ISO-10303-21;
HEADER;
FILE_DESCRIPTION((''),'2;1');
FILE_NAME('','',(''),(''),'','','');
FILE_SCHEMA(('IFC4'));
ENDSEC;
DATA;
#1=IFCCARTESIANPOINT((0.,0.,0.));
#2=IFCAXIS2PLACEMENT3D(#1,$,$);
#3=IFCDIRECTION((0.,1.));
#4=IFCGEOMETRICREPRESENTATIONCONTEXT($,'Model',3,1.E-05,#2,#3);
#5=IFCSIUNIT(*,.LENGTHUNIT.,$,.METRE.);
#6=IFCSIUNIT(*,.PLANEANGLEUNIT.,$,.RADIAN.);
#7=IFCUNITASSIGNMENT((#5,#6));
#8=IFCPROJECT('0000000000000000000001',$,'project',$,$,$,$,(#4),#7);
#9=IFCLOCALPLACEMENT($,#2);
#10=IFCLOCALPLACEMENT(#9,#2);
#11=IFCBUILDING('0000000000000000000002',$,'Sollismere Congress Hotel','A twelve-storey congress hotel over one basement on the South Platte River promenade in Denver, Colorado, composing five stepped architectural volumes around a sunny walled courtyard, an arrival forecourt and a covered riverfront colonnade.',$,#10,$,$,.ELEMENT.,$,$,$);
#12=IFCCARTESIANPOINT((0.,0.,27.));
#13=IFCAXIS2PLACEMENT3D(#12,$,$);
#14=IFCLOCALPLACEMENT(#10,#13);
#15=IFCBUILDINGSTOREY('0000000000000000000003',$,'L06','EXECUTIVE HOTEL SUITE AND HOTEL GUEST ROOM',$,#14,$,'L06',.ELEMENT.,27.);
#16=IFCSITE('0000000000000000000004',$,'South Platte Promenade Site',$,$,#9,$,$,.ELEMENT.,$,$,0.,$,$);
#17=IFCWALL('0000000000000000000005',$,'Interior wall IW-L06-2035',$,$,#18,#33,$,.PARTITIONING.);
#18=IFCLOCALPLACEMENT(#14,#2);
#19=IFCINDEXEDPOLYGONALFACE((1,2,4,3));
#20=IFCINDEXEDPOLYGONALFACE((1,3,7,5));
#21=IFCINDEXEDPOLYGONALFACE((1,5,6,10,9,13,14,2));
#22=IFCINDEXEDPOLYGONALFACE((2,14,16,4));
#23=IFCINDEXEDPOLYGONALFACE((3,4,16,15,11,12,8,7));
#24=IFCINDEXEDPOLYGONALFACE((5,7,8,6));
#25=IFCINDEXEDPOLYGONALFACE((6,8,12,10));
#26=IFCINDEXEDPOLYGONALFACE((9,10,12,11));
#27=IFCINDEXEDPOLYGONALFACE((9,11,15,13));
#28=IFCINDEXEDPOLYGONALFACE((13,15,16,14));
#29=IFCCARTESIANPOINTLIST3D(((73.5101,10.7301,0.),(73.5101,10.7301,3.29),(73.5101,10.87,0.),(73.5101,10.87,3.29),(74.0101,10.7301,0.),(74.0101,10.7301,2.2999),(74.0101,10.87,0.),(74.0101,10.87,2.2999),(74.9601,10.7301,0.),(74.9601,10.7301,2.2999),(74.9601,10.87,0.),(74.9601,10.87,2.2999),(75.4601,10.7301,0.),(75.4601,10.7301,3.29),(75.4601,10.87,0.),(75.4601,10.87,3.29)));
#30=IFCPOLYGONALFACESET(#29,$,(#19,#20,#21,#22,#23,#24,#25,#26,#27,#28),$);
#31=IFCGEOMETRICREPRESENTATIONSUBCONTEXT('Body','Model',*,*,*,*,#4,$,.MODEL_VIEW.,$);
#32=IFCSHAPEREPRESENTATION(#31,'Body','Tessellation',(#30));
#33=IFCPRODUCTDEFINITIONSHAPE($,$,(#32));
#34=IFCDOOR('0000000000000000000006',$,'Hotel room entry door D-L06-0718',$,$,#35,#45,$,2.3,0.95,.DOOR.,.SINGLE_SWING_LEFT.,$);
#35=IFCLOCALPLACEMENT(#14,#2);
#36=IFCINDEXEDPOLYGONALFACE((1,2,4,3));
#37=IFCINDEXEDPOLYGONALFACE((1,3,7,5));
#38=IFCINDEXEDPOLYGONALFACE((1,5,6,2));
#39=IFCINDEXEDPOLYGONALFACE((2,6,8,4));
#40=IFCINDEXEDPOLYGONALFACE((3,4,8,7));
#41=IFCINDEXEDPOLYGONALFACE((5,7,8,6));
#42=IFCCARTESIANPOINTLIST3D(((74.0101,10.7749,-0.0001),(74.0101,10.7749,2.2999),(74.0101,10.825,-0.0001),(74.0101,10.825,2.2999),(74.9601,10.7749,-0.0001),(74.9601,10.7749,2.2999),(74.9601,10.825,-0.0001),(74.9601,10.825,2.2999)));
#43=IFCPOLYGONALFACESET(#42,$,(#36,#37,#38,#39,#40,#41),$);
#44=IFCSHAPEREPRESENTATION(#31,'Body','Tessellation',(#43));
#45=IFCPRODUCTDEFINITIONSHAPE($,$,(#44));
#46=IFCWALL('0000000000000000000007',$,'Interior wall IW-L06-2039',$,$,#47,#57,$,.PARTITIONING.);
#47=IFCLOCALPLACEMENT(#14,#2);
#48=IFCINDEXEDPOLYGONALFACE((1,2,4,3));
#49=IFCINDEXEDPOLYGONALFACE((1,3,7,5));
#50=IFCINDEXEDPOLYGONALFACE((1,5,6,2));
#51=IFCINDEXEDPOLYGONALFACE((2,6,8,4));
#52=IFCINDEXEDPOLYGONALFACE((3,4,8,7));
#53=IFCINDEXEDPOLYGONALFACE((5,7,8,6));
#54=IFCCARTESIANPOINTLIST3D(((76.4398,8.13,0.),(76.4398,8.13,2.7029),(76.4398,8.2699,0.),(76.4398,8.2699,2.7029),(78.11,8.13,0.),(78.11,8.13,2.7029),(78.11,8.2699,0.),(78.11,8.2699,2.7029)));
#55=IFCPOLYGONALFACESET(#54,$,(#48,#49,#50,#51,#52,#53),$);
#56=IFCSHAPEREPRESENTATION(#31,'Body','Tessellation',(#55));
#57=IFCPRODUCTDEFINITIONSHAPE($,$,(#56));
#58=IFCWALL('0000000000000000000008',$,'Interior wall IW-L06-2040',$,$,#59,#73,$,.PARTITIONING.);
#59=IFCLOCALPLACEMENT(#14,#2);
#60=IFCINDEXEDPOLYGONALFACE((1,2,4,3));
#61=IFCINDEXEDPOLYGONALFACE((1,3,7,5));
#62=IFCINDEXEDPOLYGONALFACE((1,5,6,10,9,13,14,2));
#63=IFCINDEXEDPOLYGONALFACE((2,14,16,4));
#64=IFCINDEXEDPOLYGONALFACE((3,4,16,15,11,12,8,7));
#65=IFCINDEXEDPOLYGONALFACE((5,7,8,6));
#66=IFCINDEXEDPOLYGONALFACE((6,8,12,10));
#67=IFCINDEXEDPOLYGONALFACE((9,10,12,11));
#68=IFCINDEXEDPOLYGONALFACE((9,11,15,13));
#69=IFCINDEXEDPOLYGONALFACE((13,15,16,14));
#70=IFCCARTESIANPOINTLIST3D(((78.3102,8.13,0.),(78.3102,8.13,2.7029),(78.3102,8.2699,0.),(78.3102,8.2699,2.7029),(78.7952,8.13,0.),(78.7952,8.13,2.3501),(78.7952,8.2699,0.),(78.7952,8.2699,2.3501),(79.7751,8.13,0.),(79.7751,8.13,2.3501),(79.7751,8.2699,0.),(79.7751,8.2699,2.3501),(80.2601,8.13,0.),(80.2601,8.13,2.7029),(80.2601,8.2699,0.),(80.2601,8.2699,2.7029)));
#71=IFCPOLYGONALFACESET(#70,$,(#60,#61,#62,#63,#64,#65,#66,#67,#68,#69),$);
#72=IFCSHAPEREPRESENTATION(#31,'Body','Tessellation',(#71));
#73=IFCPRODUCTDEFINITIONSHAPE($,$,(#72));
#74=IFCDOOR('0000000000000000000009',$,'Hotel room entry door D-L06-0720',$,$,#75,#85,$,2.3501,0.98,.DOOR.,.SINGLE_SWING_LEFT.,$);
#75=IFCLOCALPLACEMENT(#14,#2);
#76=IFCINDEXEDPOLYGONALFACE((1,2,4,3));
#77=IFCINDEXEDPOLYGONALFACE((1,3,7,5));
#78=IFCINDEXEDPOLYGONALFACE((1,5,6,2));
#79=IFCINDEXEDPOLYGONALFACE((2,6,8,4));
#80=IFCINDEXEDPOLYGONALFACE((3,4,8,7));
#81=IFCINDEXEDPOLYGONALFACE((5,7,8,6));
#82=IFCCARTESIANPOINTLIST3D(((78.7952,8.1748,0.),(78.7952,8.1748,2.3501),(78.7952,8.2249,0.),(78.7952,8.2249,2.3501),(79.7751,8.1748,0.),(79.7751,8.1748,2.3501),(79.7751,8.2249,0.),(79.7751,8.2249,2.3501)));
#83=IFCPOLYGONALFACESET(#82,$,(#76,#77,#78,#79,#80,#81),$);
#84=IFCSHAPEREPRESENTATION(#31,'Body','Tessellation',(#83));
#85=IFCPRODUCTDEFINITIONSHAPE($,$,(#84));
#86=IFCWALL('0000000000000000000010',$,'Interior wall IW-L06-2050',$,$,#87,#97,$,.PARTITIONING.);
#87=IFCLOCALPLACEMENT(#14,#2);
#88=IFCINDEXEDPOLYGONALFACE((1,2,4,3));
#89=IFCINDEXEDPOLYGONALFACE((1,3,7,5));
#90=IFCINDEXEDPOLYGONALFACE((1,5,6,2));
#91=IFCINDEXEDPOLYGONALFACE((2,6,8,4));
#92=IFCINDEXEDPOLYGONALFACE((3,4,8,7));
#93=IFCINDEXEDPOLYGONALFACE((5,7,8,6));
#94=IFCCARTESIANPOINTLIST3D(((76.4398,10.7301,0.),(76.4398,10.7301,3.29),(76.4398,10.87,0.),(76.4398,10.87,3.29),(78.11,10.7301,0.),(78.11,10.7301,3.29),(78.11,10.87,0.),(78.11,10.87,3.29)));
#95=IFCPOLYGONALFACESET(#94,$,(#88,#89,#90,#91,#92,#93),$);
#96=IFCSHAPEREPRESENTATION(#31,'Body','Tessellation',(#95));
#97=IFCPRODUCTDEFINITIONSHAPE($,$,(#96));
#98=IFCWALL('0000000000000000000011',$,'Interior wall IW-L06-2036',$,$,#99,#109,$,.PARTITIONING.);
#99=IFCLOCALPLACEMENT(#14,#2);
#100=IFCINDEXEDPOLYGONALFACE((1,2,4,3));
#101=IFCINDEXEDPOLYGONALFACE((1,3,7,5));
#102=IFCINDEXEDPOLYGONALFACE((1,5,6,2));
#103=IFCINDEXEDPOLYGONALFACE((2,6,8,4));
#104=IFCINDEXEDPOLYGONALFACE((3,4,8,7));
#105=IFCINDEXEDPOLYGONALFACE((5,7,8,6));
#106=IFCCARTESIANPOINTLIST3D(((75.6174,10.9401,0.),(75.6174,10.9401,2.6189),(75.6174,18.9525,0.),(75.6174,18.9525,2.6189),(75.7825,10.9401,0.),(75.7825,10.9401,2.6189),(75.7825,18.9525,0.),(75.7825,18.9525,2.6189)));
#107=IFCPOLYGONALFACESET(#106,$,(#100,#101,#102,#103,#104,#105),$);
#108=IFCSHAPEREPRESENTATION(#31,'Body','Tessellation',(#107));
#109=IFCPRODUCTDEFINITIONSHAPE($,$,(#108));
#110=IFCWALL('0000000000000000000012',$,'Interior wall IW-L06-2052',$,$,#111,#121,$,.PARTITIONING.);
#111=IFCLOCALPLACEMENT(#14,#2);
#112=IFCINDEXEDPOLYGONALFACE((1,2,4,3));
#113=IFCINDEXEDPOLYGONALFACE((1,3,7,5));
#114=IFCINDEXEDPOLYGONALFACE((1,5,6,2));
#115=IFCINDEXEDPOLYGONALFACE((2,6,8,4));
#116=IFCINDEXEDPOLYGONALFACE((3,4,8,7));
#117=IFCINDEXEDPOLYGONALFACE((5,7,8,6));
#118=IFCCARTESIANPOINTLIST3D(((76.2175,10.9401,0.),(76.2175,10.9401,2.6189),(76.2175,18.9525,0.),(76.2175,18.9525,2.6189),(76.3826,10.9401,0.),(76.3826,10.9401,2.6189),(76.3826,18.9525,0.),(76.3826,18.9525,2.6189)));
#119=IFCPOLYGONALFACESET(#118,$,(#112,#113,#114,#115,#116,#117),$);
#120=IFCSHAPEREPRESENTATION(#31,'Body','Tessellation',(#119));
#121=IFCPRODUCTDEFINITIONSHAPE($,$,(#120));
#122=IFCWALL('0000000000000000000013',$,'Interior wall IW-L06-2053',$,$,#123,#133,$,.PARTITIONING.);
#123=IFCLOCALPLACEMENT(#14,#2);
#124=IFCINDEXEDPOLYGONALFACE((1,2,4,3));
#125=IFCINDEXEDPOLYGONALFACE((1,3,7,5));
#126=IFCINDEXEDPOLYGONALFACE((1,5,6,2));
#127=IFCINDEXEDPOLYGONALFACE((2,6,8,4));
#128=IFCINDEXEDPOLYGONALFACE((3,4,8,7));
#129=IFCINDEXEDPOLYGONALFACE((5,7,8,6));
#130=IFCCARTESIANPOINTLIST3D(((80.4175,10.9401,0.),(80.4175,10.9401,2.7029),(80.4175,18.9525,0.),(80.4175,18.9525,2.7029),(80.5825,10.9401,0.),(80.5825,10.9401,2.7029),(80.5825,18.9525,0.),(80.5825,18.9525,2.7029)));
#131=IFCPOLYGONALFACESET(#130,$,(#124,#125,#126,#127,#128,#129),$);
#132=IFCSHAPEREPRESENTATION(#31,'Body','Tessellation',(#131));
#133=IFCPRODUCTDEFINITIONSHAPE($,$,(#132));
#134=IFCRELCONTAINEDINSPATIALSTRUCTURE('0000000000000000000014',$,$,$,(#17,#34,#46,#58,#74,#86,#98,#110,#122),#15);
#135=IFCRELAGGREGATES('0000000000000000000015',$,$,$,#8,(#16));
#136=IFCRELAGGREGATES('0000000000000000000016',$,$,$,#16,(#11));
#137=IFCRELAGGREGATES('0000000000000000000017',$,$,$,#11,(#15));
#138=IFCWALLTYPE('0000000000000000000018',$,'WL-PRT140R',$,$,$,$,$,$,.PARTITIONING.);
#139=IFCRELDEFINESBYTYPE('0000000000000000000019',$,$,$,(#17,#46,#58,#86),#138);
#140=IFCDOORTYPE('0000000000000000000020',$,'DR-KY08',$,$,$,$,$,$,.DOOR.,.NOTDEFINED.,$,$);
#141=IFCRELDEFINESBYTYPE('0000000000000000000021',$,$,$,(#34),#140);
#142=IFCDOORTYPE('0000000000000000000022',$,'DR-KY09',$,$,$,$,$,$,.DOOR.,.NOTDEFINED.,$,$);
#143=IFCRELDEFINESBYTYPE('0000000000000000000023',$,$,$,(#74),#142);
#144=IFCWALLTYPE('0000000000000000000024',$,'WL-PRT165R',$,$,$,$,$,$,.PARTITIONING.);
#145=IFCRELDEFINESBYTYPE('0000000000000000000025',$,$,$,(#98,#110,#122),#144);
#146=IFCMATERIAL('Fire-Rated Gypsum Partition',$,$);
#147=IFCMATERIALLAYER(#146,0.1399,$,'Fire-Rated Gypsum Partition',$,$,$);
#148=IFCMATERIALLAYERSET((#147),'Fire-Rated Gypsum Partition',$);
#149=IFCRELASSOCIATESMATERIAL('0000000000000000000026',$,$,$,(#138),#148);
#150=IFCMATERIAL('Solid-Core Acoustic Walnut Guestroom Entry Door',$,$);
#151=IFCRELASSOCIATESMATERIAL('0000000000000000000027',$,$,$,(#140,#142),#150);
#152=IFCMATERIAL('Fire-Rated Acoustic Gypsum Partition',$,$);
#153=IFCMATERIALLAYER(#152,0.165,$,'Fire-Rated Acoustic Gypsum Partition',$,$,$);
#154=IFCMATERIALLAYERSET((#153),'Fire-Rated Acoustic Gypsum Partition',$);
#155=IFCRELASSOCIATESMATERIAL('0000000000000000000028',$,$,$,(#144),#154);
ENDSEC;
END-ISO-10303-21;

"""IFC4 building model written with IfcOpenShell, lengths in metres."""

from ifc_helpers import new_model, si_unit, direction, frame, frame_2d, origin, place, context, subcontext, project, spatial, rectangle, extrude, material, layer, layer_set, type_object, element, fill, save


model = new_model("IFC4")

# Units and contexts
model_context = context("Model", 3, precision=1e-05, world=origin(), true_north=direction((0.0, 1.0)))
body_context = subcontext(model_context, "Body", "Model", "MODEL_VIEW")
ifc_project = project(units=[si_unit("LENGTHUNIT", "METRE"), si_unit("PLANEANGLEUNIT", "RADIAN")], contexts=[model_context])

# Site, building, storey
site_placement = place(None, origin())
site = spatial("IfcSite", under=ifc_project, at=site_placement, Name="South Platte Promenade Site", CompositionType="ELEMENT", RefElevation=0.0)
building_placement = place(site_placement, origin())
building = spatial("IfcBuilding", under=site, at=building_placement, Name="Sollismere Congress Hotel", Description="A twelve-storey congress hotel over one basement on the South Platte River promenade in Denver, Colorado, composing five stepped architectural volumes around a sunny walled courtyard, an arrival forecourt and a covered riverfront colonnade.", CompositionType="ELEMENT")
storey_placement = place(building_placement, frame((0.0, 0.0, 27.0)))
storey = spatial("IfcBuildingStorey", under=building, at=storey_placement, Name="L06", Description="EXECUTIVE HOTEL SUITE AND HOTEL GUEST ROOM", LongName="L06", CompositionType="ELEMENT", Elevation=27.0)

# Shared definitions
ifc_material_1 = material(Name="Fire-Rated Gypsum Partition")
ifc_layer_1 = layer(ifc_material_1, 0.1399, Name="Fire-Rated Gypsum Partition")
ifc_layer_set_1 = layer_set([ifc_layer_1], Name="Fire-Rated Gypsum Partition")
wall_type_1 = type_object("IfcWallType", Name="WL-PRT140R", PredefinedType="PARTITIONING", material=ifc_layer_set_1)

# Wall, opening, door
wall_1_placement = place(storey_placement, frame((73.51, 10.8, 0.0), z_axis=(0.0, 0.0, 1.0), x_axis=(1.0, 0.0, 0.0)))
wall_1 = element("IfcWall", 1, at=wall_1_placement, inside=storey, type_object=wall_type_1, Name="Interior wall IW-L06-2035", PredefinedType="PARTITIONING", context=body_context, shape_type="SweptSolid", body=[
    extrude(rectangle(XDim=1.95, YDim=0.1399, at=frame_2d((0.9751, 0.0))), origin(), (0.0, 0.0, 1.0), 3.29),
])
opening_1_placement = place(wall_1_placement, frame((0.5, 0.0, 0.0)))
opening_1 = element("IfcOpeningElement", 2, at=opening_1_placement, cuts=wall_1, PredefinedType="OPENING", context=body_context, shape_type="SweptSolid", body=[
    extrude(rectangle(XDim=0.95, YDim=2.3, at=frame_2d((0.4751, 1.1499))), frame((0.0, 0.0798, 0.0), z_axis=(0.0, -1.0, 0.0), x_axis=(1.0, 0.0, 0.0)), (0.0, 0.0, 1.0), 0.1599),
])
ifc_material_2 = material(Name="Solid-Core Acoustic Walnut Guestroom Entry Door")
door_type_1 = type_object("IfcDoorType", Name="DR-KY08", OperationType="NOTDEFINED", PredefinedType="DOOR", material=ifc_material_2)
door_1_placement = place(opening_1_placement, origin())
door_1 = element("IfcDoor", 3, at=door_1_placement, inside=storey, type_object=door_type_1, Name="Hotel room entry door D-L06-0718", OperationType="SINGLE_SWING_LEFT", OverallHeight=2.3, OverallWidth=0.95, PredefinedType="DOOR", context=body_context, shape_type="SweptSolid", body=[
    extrude(rectangle(XDim=0.95, YDim=2.3, at=frame_2d((0.4751, 1.1499))), frame((0.0, 0.0249, 0.0), z_axis=(0.0, -1.0, 0.0), x_axis=(1.0, 0.0, 0.0)), (0.0, 0.0, 1.0), 0.05),
])
fill(opening_1, door_1)

# Wall
wall_2_placement = place(storey_placement, frame((76.4399, 8.2, 0.0), z_axis=(0.0, 0.0, 1.0), x_axis=(1.0, 0.0, 0.0)))
element("IfcWall", 4, at=wall_2_placement, inside=storey, type_object=wall_type_1, Name="Interior wall IW-L06-2039", PredefinedType="PARTITIONING", context=body_context, shape_type="SweptSolid", body=[
    extrude(rectangle(XDim=1.6702, YDim=0.1399, at=frame_2d((0.835, 0.0))), origin(), (0.0, 0.0, 1.0), 2.7029),
])

# Wall, opening, door
wall_3_placement = place(storey_placement, frame((78.3101, 8.2, 0.0), z_axis=(0.0, 0.0, 1.0), x_axis=(1.0, 0.0, 0.0)))
wall_3 = element("IfcWall", 5, at=wall_3_placement, inside=storey, type_object=wall_type_1, Name="Interior wall IW-L06-2040", PredefinedType="PARTITIONING", context=body_context, shape_type="SweptSolid", body=[
    extrude(rectangle(XDim=1.95, YDim=0.1399, at=frame_2d((0.9751, 0.0))), origin(), (0.0, 0.0, 1.0), 2.7029),
])
opening_2_placement = place(wall_3_placement, frame((0.4851, 0.0, 0.0)))
opening_2 = element("IfcOpeningElement", 6, at=opening_2_placement, cuts=wall_3, PredefinedType="OPENING", context=body_context, shape_type="SweptSolid", body=[
    extrude(rectangle(XDim=0.98, YDim=2.3501, at=frame_2d((0.49, 1.175))), frame((0.0, 0.0798, 0.0), z_axis=(0.0, -1.0, 0.0), x_axis=(1.0, 0.0, 0.0)), (0.0, 0.0, 1.0), 0.1599),
])
door_type_2 = type_object("IfcDoorType", Name="DR-KY09", OperationType="NOTDEFINED", PredefinedType="DOOR", material=ifc_material_2)
door_2_placement = place(opening_2_placement, origin())
door_2 = element("IfcDoor", 7, at=door_2_placement, inside=storey, type_object=door_type_2, Name="Hotel room entry door D-L06-0720", OperationType="SINGLE_SWING_LEFT", OverallHeight=2.3501, OverallWidth=0.98, PredefinedType="DOOR", context=body_context, shape_type="SweptSolid", body=[
    extrude(rectangle(XDim=0.98, YDim=2.3501, at=frame_2d((0.49, 1.175))), frame((0.0, 0.0249, 0.0), z_axis=(0.0, -1.0, 0.0), x_axis=(1.0, 0.0, 0.0)), (0.0, 0.0, 1.0), 0.05),
])
fill(opening_2, door_2)

# Wall
wall_4_placement = place(storey_placement, frame((76.4399, 10.8, 0.0), z_axis=(0.0, 0.0, 1.0), x_axis=(1.0, 0.0, 0.0)))
element("IfcWall", 8, at=wall_4_placement, inside=storey, type_object=wall_type_1, Name="Interior wall IW-L06-2050", PredefinedType="PARTITIONING", context=body_context, shape_type="SweptSolid", body=[
    extrude(rectangle(XDim=1.6702, YDim=0.1399, at=frame_2d((0.835, 0.0))), origin(), (0.0, 0.0, 1.0), 3.29),
])

# Walls
ifc_material_3 = material(Name="Fire-Rated Acoustic Gypsum Partition")
ifc_layer_2 = layer(ifc_material_3, 0.165, Name="Fire-Rated Acoustic Gypsum Partition")
ifc_layer_set_2 = layer_set([ifc_layer_2], Name="Fire-Rated Acoustic Gypsum Partition")
wall_type_2 = type_object("IfcWallType", Name="WL-PRT165R", PredefinedType="PARTITIONING", material=ifc_layer_set_2)
for number, where, z_axis, x_axis, name in (
    (9, (75.7, 10.9399, 0.0), (0.0, 0.0, 1.0), (0.0, 1.0, 0.0), "Interior wall IW-L06-2036"),
    (10, (76.3, 10.9399, 0.0), (0.0, 0.0, 1.0), (0.0, 1.0, 0.0), "Interior wall IW-L06-2052"),
):
    element("IfcWall", number, at=place(storey_placement, frame(where, z_axis=z_axis, x_axis=x_axis)), inside=storey, type_object=wall_type_2, Name=name, PredefinedType="PARTITIONING", context=body_context, shape_type="SweptSolid", body=[
        extrude(rectangle(XDim=8.0125, YDim=0.165, at=frame_2d((4.0063, 0.0))), origin(), (0.0, 0.0, 1.0), 2.6189),
    ])
wall_5_placement = place(storey_placement, frame((80.5, 10.9399, 0.0), z_axis=(0.0, 0.0, 1.0), x_axis=(0.0, 1.0, 0.0)))
element("IfcWall", 11, at=wall_5_placement, inside=storey, type_object=wall_type_2, Name="Interior wall IW-L06-2053", PredefinedType="PARTITIONING", context=body_context, shape_type="SweptSolid", body=[
    extrude(rectangle(XDim=8.0125, YDim=0.165, at=frame_2d((4.0063, 0.0))), origin(), (0.0, 0.0, 1.0), 2.7029),
])

save(model, "model.ifc")
